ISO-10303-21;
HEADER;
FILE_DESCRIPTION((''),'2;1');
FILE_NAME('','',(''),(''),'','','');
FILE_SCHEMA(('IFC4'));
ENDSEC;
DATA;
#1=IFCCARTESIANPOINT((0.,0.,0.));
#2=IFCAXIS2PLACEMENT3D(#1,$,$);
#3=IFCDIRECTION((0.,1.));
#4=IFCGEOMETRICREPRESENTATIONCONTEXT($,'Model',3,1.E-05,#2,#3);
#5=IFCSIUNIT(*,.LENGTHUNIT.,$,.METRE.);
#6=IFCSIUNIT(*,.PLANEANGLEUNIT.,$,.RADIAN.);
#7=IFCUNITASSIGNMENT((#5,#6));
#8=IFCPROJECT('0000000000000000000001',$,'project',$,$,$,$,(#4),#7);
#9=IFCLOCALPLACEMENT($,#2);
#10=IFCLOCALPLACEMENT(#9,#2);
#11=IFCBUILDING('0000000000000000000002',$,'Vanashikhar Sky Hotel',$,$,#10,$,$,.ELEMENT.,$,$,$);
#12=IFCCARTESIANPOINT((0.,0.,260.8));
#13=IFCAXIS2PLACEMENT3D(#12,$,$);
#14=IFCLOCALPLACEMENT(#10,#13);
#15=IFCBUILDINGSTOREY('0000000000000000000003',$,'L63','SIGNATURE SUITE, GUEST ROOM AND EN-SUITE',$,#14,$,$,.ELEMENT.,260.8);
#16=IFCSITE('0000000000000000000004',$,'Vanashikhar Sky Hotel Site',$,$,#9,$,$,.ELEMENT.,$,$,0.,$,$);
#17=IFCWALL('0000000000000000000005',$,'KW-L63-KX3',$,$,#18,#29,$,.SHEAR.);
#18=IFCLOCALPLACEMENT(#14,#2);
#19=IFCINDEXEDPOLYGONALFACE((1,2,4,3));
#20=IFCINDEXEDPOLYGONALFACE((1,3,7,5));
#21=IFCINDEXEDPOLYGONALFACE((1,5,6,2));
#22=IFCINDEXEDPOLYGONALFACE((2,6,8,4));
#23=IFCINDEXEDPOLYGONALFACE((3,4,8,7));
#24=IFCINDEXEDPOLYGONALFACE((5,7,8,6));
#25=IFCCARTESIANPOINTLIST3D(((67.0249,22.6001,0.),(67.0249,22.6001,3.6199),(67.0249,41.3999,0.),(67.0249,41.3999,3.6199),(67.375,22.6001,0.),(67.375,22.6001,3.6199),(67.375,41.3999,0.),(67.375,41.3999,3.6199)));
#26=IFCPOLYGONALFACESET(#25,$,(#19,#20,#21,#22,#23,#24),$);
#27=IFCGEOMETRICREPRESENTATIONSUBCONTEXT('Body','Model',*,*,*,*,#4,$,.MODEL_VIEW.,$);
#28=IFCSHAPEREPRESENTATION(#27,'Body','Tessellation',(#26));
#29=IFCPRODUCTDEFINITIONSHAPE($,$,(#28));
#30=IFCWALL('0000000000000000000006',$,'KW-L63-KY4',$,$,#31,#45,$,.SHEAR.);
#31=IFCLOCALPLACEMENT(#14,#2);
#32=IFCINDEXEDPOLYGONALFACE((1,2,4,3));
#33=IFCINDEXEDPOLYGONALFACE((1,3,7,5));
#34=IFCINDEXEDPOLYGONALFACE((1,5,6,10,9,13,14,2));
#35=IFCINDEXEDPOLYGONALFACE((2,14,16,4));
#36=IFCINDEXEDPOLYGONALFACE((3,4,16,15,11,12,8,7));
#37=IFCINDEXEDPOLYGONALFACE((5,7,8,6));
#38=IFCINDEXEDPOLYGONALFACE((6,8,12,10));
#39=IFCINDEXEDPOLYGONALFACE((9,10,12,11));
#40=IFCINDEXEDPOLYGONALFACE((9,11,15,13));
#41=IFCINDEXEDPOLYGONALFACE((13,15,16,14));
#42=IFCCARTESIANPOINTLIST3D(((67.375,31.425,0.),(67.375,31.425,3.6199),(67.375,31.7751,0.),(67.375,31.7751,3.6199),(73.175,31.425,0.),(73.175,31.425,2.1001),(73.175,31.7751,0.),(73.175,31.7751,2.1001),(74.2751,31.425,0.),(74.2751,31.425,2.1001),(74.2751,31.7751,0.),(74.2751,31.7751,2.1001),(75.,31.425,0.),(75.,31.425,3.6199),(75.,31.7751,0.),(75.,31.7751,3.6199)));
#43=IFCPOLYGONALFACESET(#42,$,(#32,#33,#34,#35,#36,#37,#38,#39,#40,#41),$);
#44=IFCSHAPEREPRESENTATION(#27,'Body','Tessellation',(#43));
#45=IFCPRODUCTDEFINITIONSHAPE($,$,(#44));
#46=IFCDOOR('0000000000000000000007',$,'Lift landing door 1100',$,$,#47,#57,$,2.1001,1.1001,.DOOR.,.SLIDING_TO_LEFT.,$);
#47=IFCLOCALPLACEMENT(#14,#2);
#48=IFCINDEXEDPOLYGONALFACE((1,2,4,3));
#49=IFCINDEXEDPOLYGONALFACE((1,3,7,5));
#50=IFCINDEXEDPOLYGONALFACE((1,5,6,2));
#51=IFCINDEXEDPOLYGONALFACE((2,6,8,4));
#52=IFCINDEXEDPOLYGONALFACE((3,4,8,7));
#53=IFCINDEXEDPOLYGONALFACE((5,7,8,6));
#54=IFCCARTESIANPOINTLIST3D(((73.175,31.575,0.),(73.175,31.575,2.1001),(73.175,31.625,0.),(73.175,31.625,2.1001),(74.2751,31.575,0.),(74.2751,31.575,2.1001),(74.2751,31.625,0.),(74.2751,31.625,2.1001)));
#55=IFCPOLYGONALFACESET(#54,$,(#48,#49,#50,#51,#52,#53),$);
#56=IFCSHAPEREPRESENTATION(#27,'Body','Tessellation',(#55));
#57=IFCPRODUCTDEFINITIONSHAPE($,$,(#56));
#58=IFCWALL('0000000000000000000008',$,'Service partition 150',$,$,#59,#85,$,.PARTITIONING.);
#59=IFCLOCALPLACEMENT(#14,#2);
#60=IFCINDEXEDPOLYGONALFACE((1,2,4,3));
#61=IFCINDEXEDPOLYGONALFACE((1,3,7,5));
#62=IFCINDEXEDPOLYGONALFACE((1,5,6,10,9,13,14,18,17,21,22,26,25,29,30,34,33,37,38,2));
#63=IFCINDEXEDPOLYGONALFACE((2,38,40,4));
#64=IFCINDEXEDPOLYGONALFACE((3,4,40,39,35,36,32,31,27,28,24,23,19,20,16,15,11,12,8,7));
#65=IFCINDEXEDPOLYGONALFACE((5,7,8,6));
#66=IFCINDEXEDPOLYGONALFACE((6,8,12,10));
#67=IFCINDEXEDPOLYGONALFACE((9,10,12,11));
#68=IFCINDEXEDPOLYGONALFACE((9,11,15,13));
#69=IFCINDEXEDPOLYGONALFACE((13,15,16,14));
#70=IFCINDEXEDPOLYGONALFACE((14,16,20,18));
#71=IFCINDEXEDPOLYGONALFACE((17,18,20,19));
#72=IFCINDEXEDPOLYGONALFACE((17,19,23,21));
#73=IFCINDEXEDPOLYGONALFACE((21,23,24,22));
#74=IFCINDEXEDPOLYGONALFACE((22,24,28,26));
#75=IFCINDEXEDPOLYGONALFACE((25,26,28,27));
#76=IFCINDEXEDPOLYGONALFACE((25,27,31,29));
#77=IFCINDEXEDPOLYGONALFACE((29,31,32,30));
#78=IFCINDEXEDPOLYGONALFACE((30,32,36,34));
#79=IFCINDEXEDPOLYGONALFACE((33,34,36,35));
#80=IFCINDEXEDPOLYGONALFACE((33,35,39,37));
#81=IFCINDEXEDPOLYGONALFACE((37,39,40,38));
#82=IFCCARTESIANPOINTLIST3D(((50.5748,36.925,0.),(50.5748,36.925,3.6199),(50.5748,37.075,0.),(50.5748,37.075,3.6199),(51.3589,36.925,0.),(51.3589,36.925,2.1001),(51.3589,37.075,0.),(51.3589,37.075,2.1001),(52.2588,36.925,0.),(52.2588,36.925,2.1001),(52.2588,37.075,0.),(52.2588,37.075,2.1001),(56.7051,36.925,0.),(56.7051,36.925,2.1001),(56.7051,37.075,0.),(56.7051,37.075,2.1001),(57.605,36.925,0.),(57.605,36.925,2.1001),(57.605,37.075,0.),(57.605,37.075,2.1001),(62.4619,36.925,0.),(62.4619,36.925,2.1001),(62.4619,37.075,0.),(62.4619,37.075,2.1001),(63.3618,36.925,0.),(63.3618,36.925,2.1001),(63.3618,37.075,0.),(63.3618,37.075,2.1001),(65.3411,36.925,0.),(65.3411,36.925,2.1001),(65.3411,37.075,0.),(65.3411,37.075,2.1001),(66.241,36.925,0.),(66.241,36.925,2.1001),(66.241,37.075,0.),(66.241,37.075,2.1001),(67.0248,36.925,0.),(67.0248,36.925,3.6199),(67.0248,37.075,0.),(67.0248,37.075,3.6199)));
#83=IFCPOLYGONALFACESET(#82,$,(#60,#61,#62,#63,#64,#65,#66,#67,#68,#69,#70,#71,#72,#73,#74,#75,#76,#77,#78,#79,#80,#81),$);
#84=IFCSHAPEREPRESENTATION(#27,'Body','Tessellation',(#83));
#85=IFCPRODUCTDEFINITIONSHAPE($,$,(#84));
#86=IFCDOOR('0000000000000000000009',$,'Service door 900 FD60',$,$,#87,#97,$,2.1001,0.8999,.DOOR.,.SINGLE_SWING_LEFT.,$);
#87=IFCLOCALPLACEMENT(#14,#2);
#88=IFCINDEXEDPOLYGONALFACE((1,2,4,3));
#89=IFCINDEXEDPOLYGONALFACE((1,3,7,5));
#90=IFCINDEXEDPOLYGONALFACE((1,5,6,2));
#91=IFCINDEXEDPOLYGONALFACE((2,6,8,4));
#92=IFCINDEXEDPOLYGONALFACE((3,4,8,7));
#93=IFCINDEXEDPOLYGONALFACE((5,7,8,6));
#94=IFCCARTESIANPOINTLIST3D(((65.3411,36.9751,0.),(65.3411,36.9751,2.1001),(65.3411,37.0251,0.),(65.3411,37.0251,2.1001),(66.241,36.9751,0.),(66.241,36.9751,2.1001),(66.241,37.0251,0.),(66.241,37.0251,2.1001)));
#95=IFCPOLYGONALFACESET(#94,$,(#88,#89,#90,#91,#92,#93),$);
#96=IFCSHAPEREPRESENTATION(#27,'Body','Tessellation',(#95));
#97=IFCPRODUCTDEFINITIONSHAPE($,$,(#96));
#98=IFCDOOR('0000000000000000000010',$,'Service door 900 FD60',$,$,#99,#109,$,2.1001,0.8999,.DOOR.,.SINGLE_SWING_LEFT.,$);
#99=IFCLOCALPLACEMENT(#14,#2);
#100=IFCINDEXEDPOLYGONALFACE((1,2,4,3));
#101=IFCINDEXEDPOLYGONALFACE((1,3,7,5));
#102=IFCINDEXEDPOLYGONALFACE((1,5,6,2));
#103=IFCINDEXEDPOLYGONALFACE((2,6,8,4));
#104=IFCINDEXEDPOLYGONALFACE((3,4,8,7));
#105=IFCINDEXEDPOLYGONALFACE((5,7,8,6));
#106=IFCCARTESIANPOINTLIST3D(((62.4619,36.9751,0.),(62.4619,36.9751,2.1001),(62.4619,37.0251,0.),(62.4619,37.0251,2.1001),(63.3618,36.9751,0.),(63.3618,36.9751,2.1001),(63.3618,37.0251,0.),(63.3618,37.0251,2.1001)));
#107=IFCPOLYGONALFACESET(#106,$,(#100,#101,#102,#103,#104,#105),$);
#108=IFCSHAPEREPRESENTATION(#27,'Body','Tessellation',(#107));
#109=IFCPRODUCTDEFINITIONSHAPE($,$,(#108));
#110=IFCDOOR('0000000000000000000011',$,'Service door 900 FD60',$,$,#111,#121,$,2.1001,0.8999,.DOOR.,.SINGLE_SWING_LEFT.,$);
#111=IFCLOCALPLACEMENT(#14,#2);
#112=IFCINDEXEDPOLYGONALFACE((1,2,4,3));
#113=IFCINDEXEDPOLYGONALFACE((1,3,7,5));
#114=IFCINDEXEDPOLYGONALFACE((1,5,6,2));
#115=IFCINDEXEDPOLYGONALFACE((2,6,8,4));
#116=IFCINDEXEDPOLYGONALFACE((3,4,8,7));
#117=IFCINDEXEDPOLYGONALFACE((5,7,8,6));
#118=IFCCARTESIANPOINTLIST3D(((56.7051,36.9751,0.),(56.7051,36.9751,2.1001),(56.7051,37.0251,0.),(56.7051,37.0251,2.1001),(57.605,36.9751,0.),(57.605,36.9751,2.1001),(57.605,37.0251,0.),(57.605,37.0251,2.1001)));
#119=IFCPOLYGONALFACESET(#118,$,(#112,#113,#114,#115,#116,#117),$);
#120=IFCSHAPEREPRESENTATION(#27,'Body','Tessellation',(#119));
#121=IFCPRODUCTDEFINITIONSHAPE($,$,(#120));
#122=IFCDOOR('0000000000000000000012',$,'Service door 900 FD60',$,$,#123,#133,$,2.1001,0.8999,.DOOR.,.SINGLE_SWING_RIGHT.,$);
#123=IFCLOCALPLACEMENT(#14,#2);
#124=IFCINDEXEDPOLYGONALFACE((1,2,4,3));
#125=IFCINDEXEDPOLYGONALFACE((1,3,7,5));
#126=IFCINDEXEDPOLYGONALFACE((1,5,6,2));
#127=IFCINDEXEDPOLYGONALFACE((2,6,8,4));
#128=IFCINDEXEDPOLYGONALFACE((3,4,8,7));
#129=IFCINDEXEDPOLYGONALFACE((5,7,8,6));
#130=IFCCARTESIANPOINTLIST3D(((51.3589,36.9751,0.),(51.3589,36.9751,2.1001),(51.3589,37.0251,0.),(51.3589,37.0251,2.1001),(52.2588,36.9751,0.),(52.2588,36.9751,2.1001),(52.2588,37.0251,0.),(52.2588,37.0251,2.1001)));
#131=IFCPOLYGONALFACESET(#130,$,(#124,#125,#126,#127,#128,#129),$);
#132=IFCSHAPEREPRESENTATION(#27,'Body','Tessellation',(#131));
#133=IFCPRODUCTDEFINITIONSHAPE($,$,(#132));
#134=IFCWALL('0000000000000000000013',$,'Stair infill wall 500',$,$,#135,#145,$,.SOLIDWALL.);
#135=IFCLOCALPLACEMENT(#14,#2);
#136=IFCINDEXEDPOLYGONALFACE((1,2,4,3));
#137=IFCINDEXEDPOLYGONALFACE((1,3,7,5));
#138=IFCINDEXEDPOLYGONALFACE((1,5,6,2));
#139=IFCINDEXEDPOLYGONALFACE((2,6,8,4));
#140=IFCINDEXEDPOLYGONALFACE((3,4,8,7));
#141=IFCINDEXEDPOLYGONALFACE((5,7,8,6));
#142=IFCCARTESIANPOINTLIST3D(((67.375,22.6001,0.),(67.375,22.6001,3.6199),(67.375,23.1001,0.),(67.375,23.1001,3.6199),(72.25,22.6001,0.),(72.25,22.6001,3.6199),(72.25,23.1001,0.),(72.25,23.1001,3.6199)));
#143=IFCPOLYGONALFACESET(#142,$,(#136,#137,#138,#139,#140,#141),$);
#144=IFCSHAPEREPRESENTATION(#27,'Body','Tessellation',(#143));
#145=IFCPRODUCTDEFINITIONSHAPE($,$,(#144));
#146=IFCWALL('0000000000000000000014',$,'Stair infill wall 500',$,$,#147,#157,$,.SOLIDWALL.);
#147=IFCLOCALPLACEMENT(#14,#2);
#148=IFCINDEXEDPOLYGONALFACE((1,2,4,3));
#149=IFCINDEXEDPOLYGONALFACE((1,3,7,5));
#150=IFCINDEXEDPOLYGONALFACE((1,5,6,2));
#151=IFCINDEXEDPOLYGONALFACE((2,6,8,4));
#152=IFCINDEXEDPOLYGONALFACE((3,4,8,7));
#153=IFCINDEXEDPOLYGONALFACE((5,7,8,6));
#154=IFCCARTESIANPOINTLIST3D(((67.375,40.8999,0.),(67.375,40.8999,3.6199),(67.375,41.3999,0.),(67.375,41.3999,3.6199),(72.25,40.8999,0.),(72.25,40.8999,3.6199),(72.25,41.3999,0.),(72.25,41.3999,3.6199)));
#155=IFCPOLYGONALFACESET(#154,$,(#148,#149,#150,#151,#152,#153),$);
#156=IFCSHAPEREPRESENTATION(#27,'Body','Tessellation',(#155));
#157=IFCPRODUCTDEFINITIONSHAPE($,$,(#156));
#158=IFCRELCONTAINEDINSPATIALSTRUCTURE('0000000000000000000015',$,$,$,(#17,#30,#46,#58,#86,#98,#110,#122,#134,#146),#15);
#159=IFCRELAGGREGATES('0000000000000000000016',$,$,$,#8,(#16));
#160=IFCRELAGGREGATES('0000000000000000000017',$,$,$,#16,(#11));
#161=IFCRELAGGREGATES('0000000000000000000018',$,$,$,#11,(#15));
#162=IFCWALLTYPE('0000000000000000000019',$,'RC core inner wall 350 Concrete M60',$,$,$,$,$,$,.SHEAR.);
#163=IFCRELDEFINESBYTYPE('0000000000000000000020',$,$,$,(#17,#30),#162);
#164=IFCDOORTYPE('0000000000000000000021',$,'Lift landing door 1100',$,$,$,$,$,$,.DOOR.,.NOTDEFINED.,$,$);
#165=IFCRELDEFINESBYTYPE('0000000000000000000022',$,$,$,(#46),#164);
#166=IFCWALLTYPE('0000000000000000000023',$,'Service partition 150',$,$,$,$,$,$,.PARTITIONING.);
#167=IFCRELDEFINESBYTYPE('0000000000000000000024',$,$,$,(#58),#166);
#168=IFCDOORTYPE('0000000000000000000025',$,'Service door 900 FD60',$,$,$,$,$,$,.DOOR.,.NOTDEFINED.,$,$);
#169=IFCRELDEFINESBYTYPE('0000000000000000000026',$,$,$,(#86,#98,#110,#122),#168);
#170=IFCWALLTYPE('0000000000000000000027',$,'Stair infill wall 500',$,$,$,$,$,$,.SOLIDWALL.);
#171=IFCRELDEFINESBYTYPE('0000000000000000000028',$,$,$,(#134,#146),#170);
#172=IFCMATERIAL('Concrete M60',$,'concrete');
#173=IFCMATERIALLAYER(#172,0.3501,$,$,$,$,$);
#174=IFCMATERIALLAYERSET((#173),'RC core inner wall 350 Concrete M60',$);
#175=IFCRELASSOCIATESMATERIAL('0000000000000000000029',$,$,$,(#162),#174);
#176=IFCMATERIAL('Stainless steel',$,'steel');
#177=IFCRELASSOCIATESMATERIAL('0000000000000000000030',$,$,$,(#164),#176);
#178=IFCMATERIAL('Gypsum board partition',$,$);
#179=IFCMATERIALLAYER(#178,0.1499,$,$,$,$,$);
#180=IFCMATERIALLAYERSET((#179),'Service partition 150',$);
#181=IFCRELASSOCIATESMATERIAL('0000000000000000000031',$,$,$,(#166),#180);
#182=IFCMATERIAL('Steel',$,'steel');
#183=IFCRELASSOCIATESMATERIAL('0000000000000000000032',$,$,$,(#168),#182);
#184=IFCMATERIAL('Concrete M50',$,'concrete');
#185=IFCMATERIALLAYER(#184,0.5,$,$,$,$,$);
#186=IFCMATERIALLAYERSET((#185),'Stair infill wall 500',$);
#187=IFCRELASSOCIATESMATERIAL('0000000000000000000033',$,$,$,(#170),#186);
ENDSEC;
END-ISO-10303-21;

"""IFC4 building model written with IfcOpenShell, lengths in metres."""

from ifc_helpers import new_model, si_unit, direction, frame, frame_2d, origin, place, context, subcontext, project, spatial, rectangle, extrude, source, transform, mapped, material, layer, layer_set, type_object, element, fill, save


model = new_model("IFC4")

# Units and contexts
model_context = context("Model", 3, precision=1e-05, world=origin(), true_north=direction((0.0, 1.0)))
body_context = subcontext(model_context, "Body", "Model", "MODEL_VIEW")
ifc_project = project(units=[si_unit("LENGTHUNIT", "METRE"), si_unit("PLANEANGLEUNIT", "RADIAN")], contexts=[model_context])

# Site, building, storey
site_placement = place(None, origin())
site = spatial("IfcSite", under=ifc_project, at=site_placement, Name="Vanashikhar Sky Hotel Site", CompositionType="ELEMENT", RefElevation=0.0)
building_placement = place(site_placement, origin())
building = spatial("IfcBuilding", under=site, at=building_placement, Name="Vanashikhar Sky Hotel", CompositionType="ELEMENT")
storey_placement = place(building_placement, frame((0.0, 0.0, 260.8)))
storey = spatial("IfcBuildingStorey", under=building, at=storey_placement, Name="L63", Description="SIGNATURE SUITE, GUEST ROOM AND EN-SUITE", CompositionType="ELEMENT", Elevation=260.8)

# Wall
ifc_material_1 = material(Name="Concrete M60", Category="concrete")
ifc_layer_1 = layer(ifc_material_1, 0.3501)
ifc_layer_set_1 = layer_set([ifc_layer_1], Name="RC core inner wall 350 Concrete M60")
wall_type_1 = type_object("IfcWallType", Name="RC core inner wall 350 Concrete M60", PredefinedType="SHEAR", material=ifc_layer_set_1)
shared_shape_1 = source(origin(), body_context, "Body", "SweptSolid", [
    extrude(rectangle(XDim=18.7998, YDim=0.3501, at=frame_2d((9.3999, 0.0))), origin(), (0.0, 0.0, 1.0), 3.6199),
])
wall_1_placement = place(storey_placement, frame((67.2, 22.6001, 0.0), z_axis=(0.0, 0.0, 1.0), x_axis=(0.0, 1.0, 0.0)))
element("IfcWall", 1, at=wall_1_placement, inside=storey, type_object=wall_type_1, Name="KW-L63-KX3", PredefinedType="SHEAR", context=body_context, shape_type="MappedRepresentation", body=[
    mapped(shared_shape_1, transform((0.0, 0.0, 0.0), scale=1.0)),
])

# Wall, opening, door
shared_shape_2 = source(origin(), body_context, "Body", "SweptSolid", [
    extrude(rectangle(XDim=7.625, YDim=0.3501, at=frame_2d((3.8125, 0.0))), origin(), (0.0, 0.0, 1.0), 3.6199),
])
wall_2_placement = place(storey_placement, frame((67.375, 31.6001, 0.0), z_axis=(0.0, 0.0, 1.0), x_axis=(1.0, 0.0, 0.0)))
wall_2 = element("IfcWall", 2, at=wall_2_placement, inside=storey, type_object=wall_type_1, Name="KW-L63-KY4", PredefinedType="SHEAR", context=body_context, shape_type="MappedRepresentation", body=[
    mapped(shared_shape_2, transform((0.0, 0.0, 0.0), scale=1.0)),
])
shared_shape_3 = source(origin(), body_context, "Body", "SweptSolid", [
    extrude(rectangle(XDim=1.1001, YDim=2.1001, at=frame_2d((0.55, 1.05))), frame((0.0, 0.1851, 0.0), z_axis=(0.0, -1.0, 0.0), x_axis=(1.0, 0.0, 0.0)), (0.0, 0.0, 1.0), 0.3701),
])
opening_1_placement = place(wall_2_placement, frame((5.8, 0.0, 0.0)))
opening_1 = element("IfcOpeningElement", 3, at=opening_1_placement, cuts=wall_2, PredefinedType="OPENING", context=body_context, shape_type="MappedRepresentation", body=[
    mapped(shared_shape_3, transform((0.0, 0.0, 0.0), scale=1.0)),
])
ifc_material_2 = material(Name="Stainless steel", Category="steel")
door_type_1 = type_object("IfcDoorType", Name="Lift landing door 1100", OperationType="NOTDEFINED", PredefinedType="DOOR", material=ifc_material_2)
shared_shape_4 = source(origin(), body_context, "Body", "SweptSolid", [
    extrude(rectangle(XDim=1.1001, YDim=2.1001, at=frame_2d((0.55, 1.05))), frame((0.0, 0.0249, 0.0), z_axis=(0.0, -1.0, 0.0), x_axis=(1.0, 0.0, 0.0)), (0.0, 0.0, 1.0), 0.05),
])
door_1_placement = place(opening_1_placement, origin())
door_1 = element("IfcDoor", 4, at=door_1_placement, inside=storey, type_object=door_type_1, Name="Lift landing door 1100", OperationType="SLIDING_TO_LEFT", OverallHeight=2.1001, OverallWidth=1.1001, PredefinedType="DOOR", context=body_context, shape_type="MappedRepresentation", body=[
    mapped(shared_shape_4, transform((0.0, 0.0, 0.0), scale=1.0)),
])
fill(opening_1, door_1)

# Wall, openings, doors
ifc_material_3 = material(Name="Gypsum board partition")
ifc_layer_2 = layer(ifc_material_3, 0.1499)
ifc_layer_set_2 = layer_set([ifc_layer_2], Name="Service partition 150")
wall_type_2 = type_object("IfcWallType", Name="Service partition 150", PredefinedType="PARTITIONING", material=ifc_layer_set_2)
shared_shape_5 = source(origin(), body_context, "Body", "SweptSolid", [
    extrude(rectangle(XDim=16.45, YDim=0.1499, at=frame_2d((8.2251, 0.0))), origin(), (0.0, 0.0, 1.0), 3.6199),
])
wall_3_placement = place(storey_placement, frame((67.0249, 37.0, 0.0), z_axis=(0.0, 0.0, 1.0), x_axis=(-1.0, 0.0, 0.0)))
wall_3 = element("IfcWall", 5, at=wall_3_placement, inside=storey, type_object=wall_type_2, Name="Service partition 150", PredefinedType="PARTITIONING", context=body_context, shape_type="MappedRepresentation", body=[
    mapped(shared_shape_5, transform((0.0, 0.0, 0.0), scale=1.0)),
])
shared_shape_6 = source(origin(), body_context, "Body", "SweptSolid", [
    extrude(rectangle(XDim=0.8999, YDim=2.1001, at=frame_2d((0.45, 1.05))), frame((0.0, 0.085, 0.0), z_axis=(0.0, -1.0, 0.0), x_axis=(1.0, 0.0, 0.0)), (0.0, 0.0, 1.0), 0.1699),
])
opening_2_placement = place(wall_3_placement, frame((0.7839, 0.0, 0.0)))
opening_2 = element("IfcOpeningElement", 6, at=opening_2_placement, cuts=wall_3, PredefinedType="OPENING", context=body_context, shape_type="MappedRepresentation", body=[
    mapped(shared_shape_6, transform((0.0, 0.0, 0.0), scale=1.0)),
])
opening_3_placement = place(wall_3_placement, frame((3.6631, 0.0, 0.0)))
opening_3 = element("IfcOpeningElement", 7, at=opening_3_placement, cuts=wall_3, PredefinedType="OPENING", context=body_context, shape_type="MappedRepresentation", body=[
    mapped(shared_shape_6, transform((0.0, 0.0, 0.0), scale=1.0)),
])
opening_4_placement = place(wall_3_placement, frame((9.4199, 0.0, 0.0)))
opening_4 = element("IfcOpeningElement", 8, at=opening_4_placement, cuts=wall_3, PredefinedType="OPENING", context=body_context, shape_type="MappedRepresentation", body=[
    mapped(shared_shape_6, transform((0.0, 0.0, 0.0), scale=1.0)),
])
opening_5_placement = place(wall_3_placement, frame((14.7661, 0.0, 0.0)))
opening_5 = element("IfcOpeningElement", 9, at=opening_5_placement, cuts=wall_3, PredefinedType="OPENING", context=body_context, shape_type="MappedRepresentation", body=[
    mapped(shared_shape_6, transform((0.0, 0.0, 0.0), scale=1.0)),
])
ifc_material_4 = material(Name="Steel", Category="steel")
door_type_2 = type_object("IfcDoorType", Name="Service door 900 FD60", OperationType="NOTDEFINED", PredefinedType="DOOR", material=ifc_material_4)
shared_shape_7 = source(origin(), body_context, "Body", "SweptSolid", [
    extrude(rectangle(XDim=0.8999, YDim=2.1001, at=frame_2d((0.45, 1.05))), frame((0.0, 0.0249, 0.0), z_axis=(0.0, -1.0, 0.0), x_axis=(1.0, 0.0, 0.0)), (0.0, 0.0, 1.0), 0.05),
])
door_2_placement = place(opening_2_placement, origin())
door_2 = element("IfcDoor", 10, at=door_2_placement, inside=storey, type_object=door_type_2, Name="Service door 900 FD60", OperationType="SINGLE_SWING_LEFT", OverallHeight=2.1001, OverallWidth=0.8999, PredefinedType="DOOR", context=body_context, shape_type="MappedRepresentation", body=[
    mapped(shared_shape_7, transform((0.0, 0.0, 0.0), scale=1.0)),
])
fill(opening_2, door_2)
door_3_placement = place(opening_3_placement, origin())
door_3 = element("IfcDoor", 11, at=door_3_placement, inside=storey, type_object=door_type_2, Name="Service door 900 FD60", OperationType="SINGLE_SWING_LEFT", OverallHeight=2.1001, OverallWidth=0.8999, PredefinedType="DOOR", context=body_context, shape_type="MappedRepresentation", body=[
    mapped(shared_shape_7, transform((0.0, 0.0, 0.0), scale=1.0)),
])
fill(opening_3, door_3)
door_4_placement = place(opening_4_placement, origin())
door_4 = element("IfcDoor", 12, at=door_4_placement, inside=storey, type_object=door_type_2, Name="Service door 900 FD60", OperationType="SINGLE_SWING_LEFT", OverallHeight=2.1001, OverallWidth=0.8999, PredefinedType="DOOR", context=body_context, shape_type="MappedRepresentation", body=[
    mapped(shared_shape_7, transform((0.0, 0.0, 0.0), scale=1.0)),
])
fill(opening_4, door_4)
door_5_placement = place(opening_5_placement, origin())
door_5 = element("IfcDoor", 13, at=door_5_placement, inside=storey, type_object=door_type_2, Name="Service door 900 FD60", OperationType="SINGLE_SWING_RIGHT", OverallHeight=2.1001, OverallWidth=0.8999, PredefinedType="DOOR", context=body_context, shape_type="MappedRepresentation", body=[
    mapped(shared_shape_7, transform((0.0, 0.0, 0.0), scale=1.0)),
])
fill(opening_5, door_5)

# Walls
ifc_material_5 = material(Name="Concrete M50", Category="concrete")
ifc_layer_3 = layer(ifc_material_5, 0.5)
ifc_layer_set_3 = layer_set([ifc_layer_3], Name="Stair infill wall 500")
wall_type_3 = type_object("IfcWallType", Name="Stair infill wall 500", PredefinedType="SOLIDWALL", material=ifc_layer_set_3)
shared_shape_8 = source(origin(), body_context, "Body", "SweptSolid", [
    extrude(rectangle(XDim=4.875, YDim=0.5, at=frame_2d((2.4375, 0.0))), origin(), (0.0, 0.0, 1.0), 3.6199),
])
for number, where, z_axis, x_axis, name in (
    (14, (67.375, 22.8501, 0.0), (0.0, 0.0, 1.0), (1.0, 0.0, 0.0), "Stair infill wall 500"),
    (15, (67.375, 41.1499, 0.0), (0.0, 0.0, 1.0), (1.0, 0.0, 0.0), "Stair infill wall 500"),
):
    element("IfcWall", number, at=place(storey_placement, frame(where, z_axis=z_axis, x_axis=x_axis)), inside=storey, type_object=wall_type_3, Name=name, PredefinedType="SOLIDWALL", context=body_context, shape_type="MappedRepresentation", body=[
        mapped(shared_shape_8, transform((0.0, 0.0, 0.0), scale=1.0)),
    ])

save(model, "model.ifc")
